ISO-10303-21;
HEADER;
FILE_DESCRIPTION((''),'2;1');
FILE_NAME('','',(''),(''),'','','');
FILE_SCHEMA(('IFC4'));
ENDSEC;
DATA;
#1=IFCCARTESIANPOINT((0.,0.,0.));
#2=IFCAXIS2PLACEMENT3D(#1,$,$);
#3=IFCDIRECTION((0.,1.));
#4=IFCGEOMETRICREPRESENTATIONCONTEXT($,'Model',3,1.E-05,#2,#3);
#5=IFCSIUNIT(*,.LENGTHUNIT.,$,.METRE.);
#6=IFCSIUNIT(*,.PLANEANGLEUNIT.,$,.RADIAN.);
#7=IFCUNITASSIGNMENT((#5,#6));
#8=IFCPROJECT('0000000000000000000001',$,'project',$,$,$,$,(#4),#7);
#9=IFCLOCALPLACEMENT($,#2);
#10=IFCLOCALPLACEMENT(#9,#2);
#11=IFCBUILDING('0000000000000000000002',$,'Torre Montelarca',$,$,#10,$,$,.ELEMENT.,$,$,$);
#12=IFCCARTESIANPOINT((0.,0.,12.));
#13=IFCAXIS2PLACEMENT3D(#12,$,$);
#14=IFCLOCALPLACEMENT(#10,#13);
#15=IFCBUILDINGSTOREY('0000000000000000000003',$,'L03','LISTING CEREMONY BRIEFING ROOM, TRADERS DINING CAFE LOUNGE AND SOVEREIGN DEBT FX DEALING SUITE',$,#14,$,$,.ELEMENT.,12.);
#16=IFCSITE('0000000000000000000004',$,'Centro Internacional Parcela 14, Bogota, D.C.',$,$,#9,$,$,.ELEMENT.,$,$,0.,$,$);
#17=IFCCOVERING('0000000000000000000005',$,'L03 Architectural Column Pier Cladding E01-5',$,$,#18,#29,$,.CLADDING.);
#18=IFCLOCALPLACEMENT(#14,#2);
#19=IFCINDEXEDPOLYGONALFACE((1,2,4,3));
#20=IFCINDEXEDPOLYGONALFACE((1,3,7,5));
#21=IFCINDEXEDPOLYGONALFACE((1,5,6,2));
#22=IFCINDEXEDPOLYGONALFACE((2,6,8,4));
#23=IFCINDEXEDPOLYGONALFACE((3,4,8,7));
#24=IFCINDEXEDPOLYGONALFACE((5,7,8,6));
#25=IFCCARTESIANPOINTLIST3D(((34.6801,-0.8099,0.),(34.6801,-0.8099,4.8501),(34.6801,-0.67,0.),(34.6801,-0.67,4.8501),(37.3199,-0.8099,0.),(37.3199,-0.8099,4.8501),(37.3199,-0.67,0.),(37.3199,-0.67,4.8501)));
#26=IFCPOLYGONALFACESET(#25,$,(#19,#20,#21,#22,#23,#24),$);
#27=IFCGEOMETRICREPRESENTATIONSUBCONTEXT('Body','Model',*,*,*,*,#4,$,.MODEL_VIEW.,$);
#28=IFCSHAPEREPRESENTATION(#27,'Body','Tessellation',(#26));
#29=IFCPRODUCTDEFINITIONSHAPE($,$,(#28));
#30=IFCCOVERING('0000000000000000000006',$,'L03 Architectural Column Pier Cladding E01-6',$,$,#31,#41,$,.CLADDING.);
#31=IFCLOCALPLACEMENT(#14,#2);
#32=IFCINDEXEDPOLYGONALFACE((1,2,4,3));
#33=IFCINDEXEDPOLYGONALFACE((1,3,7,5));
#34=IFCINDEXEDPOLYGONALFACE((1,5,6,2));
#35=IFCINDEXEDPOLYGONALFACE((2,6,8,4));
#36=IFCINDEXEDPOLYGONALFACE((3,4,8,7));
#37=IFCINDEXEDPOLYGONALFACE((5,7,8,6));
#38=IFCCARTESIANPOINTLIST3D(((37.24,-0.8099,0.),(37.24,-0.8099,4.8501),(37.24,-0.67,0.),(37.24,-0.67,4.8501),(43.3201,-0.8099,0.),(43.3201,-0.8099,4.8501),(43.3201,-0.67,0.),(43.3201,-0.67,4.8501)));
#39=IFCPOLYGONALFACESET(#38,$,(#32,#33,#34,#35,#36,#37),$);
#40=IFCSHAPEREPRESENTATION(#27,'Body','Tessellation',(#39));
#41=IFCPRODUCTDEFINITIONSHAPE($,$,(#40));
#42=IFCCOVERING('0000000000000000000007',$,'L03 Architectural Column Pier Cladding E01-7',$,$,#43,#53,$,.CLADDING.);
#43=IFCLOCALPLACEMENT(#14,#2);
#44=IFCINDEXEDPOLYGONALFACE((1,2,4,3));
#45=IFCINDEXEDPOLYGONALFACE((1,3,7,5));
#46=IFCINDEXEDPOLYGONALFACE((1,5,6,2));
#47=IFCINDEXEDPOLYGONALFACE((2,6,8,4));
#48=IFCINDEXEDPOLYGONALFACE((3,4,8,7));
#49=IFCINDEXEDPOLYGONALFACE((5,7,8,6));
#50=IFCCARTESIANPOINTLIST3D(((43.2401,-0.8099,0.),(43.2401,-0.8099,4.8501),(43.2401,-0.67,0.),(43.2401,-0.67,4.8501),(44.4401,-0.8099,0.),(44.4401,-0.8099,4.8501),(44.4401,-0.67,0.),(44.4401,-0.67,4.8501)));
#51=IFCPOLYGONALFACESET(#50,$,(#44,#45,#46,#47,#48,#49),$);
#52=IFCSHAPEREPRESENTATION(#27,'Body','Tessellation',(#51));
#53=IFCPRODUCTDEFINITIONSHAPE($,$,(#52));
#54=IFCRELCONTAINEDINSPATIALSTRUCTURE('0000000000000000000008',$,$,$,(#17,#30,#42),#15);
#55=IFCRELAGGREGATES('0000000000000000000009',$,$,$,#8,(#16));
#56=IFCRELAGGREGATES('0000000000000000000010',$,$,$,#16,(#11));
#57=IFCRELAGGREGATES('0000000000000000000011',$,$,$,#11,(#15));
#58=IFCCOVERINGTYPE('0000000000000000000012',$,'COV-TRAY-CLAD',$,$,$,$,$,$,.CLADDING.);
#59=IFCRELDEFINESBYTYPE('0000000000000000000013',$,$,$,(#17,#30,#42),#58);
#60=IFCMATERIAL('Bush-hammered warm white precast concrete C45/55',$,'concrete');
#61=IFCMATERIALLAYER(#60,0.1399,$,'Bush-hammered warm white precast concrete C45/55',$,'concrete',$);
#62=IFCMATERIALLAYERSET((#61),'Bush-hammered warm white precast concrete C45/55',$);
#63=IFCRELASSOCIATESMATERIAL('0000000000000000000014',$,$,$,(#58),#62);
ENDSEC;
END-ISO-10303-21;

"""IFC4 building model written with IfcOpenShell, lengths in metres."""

from ifc_helpers import new_model, si_unit, direction, frame, origin, origin_2d, place, context, subcontext, project, spatial, rectangle, extrude, source, transform, mapped, material, layer, layer_set, type_object, element, save


model = new_model("IFC4")

# Units and contexts
model_context = context("Model", 3, precision=1e-05, world=origin(), true_north=direction((0.0, 1.0)))
body_context = subcontext(model_context, "Body", "Model", "MODEL_VIEW")
ifc_project = project(units=[si_unit("LENGTHUNIT", "METRE"), si_unit("PLANEANGLEUNIT", "RADIAN")], contexts=[model_context])

# Site, building, storey
site_placement = place(None, origin())
site = spatial("IfcSite", under=ifc_project, at=site_placement, Name="Centro Internacional Parcela 14, Bogota, D.C.", CompositionType="ELEMENT", RefElevation=0.0)
building_placement = place(site_placement, origin())
building = spatial("IfcBuilding", under=site, at=building_placement, Name="Torre Montelarca", CompositionType="ELEMENT")
storey_placement = place(building_placement, frame((0.0, 0.0, 12.0)))
storey = spatial("IfcBuildingStorey", under=building, at=storey_placement, Name="L03", Description="LISTING CEREMONY BRIEFING ROOM, TRADERS DINING CAFE LOUNGE AND SOVEREIGN DEBT FX DEALING SUITE", CompositionType="ELEMENT", Elevation=12.0)

# Coverings
ifc_material_1 = material(Name="Bush-hammered warm white precast concrete C45/55", Category="concrete")
ifc_layer_1 = layer(ifc_material_1, 0.1399, Name="Bush-hammered warm white precast concrete C45/55", Category="concrete")
ifc_layer_set_1 = layer_set([ifc_layer_1], Name="Bush-hammered warm white precast concrete C45/55")
covering_type = type_object("IfcCoveringType", Name="COV-TRAY-CLAD", PredefinedType="CLADDING", material=ifc_layer_set_1)
shared_shape_1 = source(origin(), body_context, "Body", "SweptSolid", [
    extrude(rectangle(XDim=2.6399, YDim=0.1399, at=origin_2d()), origin(), (0.0, 0.0, 1.0), 4.8501),
])
for number, where, z_axis, x_axis, name in (
    (1, (36.0, -0.74, 0.0), (0.0, 0.0, 1.0), (1.0, 0.0, 0.0), "L03 Architectural Column Pier Cladding E01-5"),
):
    element("IfcCovering", number, at=place(storey_placement, frame(where, z_axis=z_axis, x_axis=x_axis)), inside=storey, type_object=covering_type, Name=name, PredefinedType="CLADDING", context=body_context, shape_type="MappedRepresentation", body=[
        mapped(shared_shape_1, transform((0.0, 0.0, 0.0), scale=1.0)),
    ])
shared_shape_2 = source(origin(), body_context, "Body", "SweptSolid", [
    extrude(rectangle(XDim=6.0801, YDim=0.1399, at=origin_2d()), origin(), (0.0, 0.0, 1.0), 4.8501),
])
covering_1_placement = place(storey_placement, frame((40.28, -0.74, 0.0), z_axis=(0.0, 0.0, 1.0), x_axis=(1.0, 0.0, 0.0)))
element("IfcCovering", 2, at=covering_1_placement, inside=storey, type_object=covering_type, Name="L03 Architectural Column Pier Cladding E01-6", PredefinedType="CLADDING", context=body_context, shape_type="MappedRepresentation", body=[
    mapped(shared_shape_2, transform((0.0, 0.0, 0.0), scale=1.0)),
])
shared_shape_3 = source(origin(), body_context, "Body", "SweptSolid", [
    extrude(rectangle(XDim=1.2, YDim=0.1399, at=origin_2d()), origin(), (0.0, 0.0, 1.0), 4.8501),
])
covering_2_placement = place(storey_placement, frame((43.8401, -0.74, 0.0), z_axis=(0.0, 0.0, 1.0), x_axis=(1.0, 0.0, 0.0)))
element("IfcCovering", 3, at=covering_2_placement, inside=storey, type_object=covering_type, Name="L03 Architectural Column Pier Cladding E01-7", PredefinedType="CLADDING", context=body_context, shape_type="MappedRepresentation", body=[
    mapped(shared_shape_3, transform((0.0, 0.0, 0.0), scale=1.0)),
])

save(model, "model.ifc")
